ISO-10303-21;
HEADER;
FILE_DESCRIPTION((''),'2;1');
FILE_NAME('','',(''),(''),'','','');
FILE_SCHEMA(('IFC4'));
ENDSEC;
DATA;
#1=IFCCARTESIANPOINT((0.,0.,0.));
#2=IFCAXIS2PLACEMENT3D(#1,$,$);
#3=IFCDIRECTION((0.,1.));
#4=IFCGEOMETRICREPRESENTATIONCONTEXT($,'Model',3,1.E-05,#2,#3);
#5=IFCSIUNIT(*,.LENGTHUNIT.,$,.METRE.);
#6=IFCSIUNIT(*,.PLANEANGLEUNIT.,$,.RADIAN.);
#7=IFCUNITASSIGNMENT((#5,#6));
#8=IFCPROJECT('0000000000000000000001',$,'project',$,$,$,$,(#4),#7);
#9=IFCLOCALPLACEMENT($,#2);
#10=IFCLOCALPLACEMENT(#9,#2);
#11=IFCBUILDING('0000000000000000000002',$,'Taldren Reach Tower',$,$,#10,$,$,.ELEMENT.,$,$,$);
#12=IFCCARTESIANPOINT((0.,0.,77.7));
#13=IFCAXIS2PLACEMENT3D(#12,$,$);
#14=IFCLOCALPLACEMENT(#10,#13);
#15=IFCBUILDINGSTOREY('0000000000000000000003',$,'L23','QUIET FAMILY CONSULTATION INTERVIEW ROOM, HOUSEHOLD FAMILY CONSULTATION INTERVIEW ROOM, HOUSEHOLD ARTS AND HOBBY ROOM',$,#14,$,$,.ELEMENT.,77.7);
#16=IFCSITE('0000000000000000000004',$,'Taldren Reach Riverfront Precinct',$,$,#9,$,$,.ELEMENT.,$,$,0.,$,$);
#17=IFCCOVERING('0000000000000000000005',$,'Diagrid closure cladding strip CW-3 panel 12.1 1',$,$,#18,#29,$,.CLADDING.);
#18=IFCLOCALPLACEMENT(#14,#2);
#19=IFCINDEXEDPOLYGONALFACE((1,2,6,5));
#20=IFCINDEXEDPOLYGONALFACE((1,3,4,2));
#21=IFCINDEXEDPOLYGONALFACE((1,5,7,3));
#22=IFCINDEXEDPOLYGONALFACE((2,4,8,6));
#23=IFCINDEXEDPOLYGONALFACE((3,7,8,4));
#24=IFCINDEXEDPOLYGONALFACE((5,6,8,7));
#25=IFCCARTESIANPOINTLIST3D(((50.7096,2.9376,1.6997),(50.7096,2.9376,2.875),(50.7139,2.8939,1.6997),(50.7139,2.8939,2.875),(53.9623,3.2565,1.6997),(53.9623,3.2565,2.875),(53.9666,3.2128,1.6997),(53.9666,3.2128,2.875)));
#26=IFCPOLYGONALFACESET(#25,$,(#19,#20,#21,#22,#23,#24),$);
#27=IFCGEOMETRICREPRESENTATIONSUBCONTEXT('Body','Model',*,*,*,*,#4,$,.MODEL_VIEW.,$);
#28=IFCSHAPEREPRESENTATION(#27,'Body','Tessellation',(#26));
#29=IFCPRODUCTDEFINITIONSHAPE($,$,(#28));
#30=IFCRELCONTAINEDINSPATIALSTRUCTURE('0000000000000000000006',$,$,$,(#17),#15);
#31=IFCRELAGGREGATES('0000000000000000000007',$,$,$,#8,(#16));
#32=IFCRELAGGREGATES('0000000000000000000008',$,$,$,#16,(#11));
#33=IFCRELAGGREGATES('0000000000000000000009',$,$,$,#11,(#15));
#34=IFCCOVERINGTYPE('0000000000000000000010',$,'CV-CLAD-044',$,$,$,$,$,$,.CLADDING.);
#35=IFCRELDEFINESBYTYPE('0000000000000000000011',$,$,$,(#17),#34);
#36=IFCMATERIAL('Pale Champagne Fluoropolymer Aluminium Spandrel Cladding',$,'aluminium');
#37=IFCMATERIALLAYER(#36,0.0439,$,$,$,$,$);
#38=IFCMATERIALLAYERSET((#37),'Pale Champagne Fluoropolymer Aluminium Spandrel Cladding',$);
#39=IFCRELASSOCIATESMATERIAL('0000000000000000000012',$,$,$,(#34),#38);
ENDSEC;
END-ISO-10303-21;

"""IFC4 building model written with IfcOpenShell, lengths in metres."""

from ifc_helpers import new_model, si_unit, direction, frame, origin, origin_2d, place, context, subcontext, project, spatial, rectangle, extrude, source, transform, mapped, material, layer, layer_set, type_object, element, save


model = new_model("IFC4")

# Units and contexts
model_context = context("Model", 3, precision=1e-05, world=origin(), true_north=direction((0.0, 1.0)))
body_context = subcontext(model_context, "Body", "Model", "MODEL_VIEW")
ifc_project = project(units=[si_unit("LENGTHUNIT", "METRE"), si_unit("PLANEANGLEUNIT", "RADIAN")], contexts=[model_context])

# Site, building, storey
site_placement = place(None, origin())
site = spatial("IfcSite", under=ifc_project, at=site_placement, Name="Taldren Reach Riverfront Precinct", CompositionType="ELEMENT", RefElevation=0.0)
building_placement = place(site_placement, origin())
building = spatial("IfcBuilding", under=site, at=building_placement, Name="Taldren Reach Tower", CompositionType="ELEMENT")
storey_placement = place(building_placement, frame((0.0, 0.0, 77.7)))
storey = spatial("IfcBuildingStorey", under=building, at=storey_placement, Name="L23", Description="QUIET FAMILY CONSULTATION INTERVIEW ROOM, HOUSEHOLD FAMILY CONSULTATION INTERVIEW ROOM, HOUSEHOLD ARTS AND HOBBY ROOM", CompositionType="ELEMENT", Elevation=77.7)

# Covering
ifc_material_1 = material(Name="Pale Champagne Fluoropolymer Aluminium Spandrel Cladding", Category="aluminium")
ifc_layer_1 = layer(ifc_material_1, 0.0439)
ifc_layer_set_1 = layer_set([ifc_layer_1], Name="Pale Champagne Fluoropolymer Aluminium Spandrel Cladding")
covering_type = type_object("IfcCoveringType", Name="CV-CLAD-044", PredefinedType="CLADDING", material=ifc_layer_set_1)
shared_shape_1 = source(origin(), body_context, "Body", "SweptSolid", [
    extrude(rectangle(XDim=3.2683, YDim=0.0439, at=origin_2d()), origin(), (0.0, 0.0, 1.0), 1.1753),
])
covering_placement = place(storey_placement, frame((52.3381, 3.0752, 1.6997), z_axis=(0.0, 0.0, 1.0), x_axis=(0.995227, 0.097583, 0.0)))
element("IfcCovering", 1, at=covering_placement, inside=storey, type_object=covering_type, Name="Diagrid closure cladding strip CW-3 panel 12.1 1", PredefinedType="CLADDING", context=body_context, shape_type="MappedRepresentation", body=[
    mapped(shared_shape_1, transform((0.0, 0.0, 0.0), scale=1.0)),
])

save(model, "model.ifc")
